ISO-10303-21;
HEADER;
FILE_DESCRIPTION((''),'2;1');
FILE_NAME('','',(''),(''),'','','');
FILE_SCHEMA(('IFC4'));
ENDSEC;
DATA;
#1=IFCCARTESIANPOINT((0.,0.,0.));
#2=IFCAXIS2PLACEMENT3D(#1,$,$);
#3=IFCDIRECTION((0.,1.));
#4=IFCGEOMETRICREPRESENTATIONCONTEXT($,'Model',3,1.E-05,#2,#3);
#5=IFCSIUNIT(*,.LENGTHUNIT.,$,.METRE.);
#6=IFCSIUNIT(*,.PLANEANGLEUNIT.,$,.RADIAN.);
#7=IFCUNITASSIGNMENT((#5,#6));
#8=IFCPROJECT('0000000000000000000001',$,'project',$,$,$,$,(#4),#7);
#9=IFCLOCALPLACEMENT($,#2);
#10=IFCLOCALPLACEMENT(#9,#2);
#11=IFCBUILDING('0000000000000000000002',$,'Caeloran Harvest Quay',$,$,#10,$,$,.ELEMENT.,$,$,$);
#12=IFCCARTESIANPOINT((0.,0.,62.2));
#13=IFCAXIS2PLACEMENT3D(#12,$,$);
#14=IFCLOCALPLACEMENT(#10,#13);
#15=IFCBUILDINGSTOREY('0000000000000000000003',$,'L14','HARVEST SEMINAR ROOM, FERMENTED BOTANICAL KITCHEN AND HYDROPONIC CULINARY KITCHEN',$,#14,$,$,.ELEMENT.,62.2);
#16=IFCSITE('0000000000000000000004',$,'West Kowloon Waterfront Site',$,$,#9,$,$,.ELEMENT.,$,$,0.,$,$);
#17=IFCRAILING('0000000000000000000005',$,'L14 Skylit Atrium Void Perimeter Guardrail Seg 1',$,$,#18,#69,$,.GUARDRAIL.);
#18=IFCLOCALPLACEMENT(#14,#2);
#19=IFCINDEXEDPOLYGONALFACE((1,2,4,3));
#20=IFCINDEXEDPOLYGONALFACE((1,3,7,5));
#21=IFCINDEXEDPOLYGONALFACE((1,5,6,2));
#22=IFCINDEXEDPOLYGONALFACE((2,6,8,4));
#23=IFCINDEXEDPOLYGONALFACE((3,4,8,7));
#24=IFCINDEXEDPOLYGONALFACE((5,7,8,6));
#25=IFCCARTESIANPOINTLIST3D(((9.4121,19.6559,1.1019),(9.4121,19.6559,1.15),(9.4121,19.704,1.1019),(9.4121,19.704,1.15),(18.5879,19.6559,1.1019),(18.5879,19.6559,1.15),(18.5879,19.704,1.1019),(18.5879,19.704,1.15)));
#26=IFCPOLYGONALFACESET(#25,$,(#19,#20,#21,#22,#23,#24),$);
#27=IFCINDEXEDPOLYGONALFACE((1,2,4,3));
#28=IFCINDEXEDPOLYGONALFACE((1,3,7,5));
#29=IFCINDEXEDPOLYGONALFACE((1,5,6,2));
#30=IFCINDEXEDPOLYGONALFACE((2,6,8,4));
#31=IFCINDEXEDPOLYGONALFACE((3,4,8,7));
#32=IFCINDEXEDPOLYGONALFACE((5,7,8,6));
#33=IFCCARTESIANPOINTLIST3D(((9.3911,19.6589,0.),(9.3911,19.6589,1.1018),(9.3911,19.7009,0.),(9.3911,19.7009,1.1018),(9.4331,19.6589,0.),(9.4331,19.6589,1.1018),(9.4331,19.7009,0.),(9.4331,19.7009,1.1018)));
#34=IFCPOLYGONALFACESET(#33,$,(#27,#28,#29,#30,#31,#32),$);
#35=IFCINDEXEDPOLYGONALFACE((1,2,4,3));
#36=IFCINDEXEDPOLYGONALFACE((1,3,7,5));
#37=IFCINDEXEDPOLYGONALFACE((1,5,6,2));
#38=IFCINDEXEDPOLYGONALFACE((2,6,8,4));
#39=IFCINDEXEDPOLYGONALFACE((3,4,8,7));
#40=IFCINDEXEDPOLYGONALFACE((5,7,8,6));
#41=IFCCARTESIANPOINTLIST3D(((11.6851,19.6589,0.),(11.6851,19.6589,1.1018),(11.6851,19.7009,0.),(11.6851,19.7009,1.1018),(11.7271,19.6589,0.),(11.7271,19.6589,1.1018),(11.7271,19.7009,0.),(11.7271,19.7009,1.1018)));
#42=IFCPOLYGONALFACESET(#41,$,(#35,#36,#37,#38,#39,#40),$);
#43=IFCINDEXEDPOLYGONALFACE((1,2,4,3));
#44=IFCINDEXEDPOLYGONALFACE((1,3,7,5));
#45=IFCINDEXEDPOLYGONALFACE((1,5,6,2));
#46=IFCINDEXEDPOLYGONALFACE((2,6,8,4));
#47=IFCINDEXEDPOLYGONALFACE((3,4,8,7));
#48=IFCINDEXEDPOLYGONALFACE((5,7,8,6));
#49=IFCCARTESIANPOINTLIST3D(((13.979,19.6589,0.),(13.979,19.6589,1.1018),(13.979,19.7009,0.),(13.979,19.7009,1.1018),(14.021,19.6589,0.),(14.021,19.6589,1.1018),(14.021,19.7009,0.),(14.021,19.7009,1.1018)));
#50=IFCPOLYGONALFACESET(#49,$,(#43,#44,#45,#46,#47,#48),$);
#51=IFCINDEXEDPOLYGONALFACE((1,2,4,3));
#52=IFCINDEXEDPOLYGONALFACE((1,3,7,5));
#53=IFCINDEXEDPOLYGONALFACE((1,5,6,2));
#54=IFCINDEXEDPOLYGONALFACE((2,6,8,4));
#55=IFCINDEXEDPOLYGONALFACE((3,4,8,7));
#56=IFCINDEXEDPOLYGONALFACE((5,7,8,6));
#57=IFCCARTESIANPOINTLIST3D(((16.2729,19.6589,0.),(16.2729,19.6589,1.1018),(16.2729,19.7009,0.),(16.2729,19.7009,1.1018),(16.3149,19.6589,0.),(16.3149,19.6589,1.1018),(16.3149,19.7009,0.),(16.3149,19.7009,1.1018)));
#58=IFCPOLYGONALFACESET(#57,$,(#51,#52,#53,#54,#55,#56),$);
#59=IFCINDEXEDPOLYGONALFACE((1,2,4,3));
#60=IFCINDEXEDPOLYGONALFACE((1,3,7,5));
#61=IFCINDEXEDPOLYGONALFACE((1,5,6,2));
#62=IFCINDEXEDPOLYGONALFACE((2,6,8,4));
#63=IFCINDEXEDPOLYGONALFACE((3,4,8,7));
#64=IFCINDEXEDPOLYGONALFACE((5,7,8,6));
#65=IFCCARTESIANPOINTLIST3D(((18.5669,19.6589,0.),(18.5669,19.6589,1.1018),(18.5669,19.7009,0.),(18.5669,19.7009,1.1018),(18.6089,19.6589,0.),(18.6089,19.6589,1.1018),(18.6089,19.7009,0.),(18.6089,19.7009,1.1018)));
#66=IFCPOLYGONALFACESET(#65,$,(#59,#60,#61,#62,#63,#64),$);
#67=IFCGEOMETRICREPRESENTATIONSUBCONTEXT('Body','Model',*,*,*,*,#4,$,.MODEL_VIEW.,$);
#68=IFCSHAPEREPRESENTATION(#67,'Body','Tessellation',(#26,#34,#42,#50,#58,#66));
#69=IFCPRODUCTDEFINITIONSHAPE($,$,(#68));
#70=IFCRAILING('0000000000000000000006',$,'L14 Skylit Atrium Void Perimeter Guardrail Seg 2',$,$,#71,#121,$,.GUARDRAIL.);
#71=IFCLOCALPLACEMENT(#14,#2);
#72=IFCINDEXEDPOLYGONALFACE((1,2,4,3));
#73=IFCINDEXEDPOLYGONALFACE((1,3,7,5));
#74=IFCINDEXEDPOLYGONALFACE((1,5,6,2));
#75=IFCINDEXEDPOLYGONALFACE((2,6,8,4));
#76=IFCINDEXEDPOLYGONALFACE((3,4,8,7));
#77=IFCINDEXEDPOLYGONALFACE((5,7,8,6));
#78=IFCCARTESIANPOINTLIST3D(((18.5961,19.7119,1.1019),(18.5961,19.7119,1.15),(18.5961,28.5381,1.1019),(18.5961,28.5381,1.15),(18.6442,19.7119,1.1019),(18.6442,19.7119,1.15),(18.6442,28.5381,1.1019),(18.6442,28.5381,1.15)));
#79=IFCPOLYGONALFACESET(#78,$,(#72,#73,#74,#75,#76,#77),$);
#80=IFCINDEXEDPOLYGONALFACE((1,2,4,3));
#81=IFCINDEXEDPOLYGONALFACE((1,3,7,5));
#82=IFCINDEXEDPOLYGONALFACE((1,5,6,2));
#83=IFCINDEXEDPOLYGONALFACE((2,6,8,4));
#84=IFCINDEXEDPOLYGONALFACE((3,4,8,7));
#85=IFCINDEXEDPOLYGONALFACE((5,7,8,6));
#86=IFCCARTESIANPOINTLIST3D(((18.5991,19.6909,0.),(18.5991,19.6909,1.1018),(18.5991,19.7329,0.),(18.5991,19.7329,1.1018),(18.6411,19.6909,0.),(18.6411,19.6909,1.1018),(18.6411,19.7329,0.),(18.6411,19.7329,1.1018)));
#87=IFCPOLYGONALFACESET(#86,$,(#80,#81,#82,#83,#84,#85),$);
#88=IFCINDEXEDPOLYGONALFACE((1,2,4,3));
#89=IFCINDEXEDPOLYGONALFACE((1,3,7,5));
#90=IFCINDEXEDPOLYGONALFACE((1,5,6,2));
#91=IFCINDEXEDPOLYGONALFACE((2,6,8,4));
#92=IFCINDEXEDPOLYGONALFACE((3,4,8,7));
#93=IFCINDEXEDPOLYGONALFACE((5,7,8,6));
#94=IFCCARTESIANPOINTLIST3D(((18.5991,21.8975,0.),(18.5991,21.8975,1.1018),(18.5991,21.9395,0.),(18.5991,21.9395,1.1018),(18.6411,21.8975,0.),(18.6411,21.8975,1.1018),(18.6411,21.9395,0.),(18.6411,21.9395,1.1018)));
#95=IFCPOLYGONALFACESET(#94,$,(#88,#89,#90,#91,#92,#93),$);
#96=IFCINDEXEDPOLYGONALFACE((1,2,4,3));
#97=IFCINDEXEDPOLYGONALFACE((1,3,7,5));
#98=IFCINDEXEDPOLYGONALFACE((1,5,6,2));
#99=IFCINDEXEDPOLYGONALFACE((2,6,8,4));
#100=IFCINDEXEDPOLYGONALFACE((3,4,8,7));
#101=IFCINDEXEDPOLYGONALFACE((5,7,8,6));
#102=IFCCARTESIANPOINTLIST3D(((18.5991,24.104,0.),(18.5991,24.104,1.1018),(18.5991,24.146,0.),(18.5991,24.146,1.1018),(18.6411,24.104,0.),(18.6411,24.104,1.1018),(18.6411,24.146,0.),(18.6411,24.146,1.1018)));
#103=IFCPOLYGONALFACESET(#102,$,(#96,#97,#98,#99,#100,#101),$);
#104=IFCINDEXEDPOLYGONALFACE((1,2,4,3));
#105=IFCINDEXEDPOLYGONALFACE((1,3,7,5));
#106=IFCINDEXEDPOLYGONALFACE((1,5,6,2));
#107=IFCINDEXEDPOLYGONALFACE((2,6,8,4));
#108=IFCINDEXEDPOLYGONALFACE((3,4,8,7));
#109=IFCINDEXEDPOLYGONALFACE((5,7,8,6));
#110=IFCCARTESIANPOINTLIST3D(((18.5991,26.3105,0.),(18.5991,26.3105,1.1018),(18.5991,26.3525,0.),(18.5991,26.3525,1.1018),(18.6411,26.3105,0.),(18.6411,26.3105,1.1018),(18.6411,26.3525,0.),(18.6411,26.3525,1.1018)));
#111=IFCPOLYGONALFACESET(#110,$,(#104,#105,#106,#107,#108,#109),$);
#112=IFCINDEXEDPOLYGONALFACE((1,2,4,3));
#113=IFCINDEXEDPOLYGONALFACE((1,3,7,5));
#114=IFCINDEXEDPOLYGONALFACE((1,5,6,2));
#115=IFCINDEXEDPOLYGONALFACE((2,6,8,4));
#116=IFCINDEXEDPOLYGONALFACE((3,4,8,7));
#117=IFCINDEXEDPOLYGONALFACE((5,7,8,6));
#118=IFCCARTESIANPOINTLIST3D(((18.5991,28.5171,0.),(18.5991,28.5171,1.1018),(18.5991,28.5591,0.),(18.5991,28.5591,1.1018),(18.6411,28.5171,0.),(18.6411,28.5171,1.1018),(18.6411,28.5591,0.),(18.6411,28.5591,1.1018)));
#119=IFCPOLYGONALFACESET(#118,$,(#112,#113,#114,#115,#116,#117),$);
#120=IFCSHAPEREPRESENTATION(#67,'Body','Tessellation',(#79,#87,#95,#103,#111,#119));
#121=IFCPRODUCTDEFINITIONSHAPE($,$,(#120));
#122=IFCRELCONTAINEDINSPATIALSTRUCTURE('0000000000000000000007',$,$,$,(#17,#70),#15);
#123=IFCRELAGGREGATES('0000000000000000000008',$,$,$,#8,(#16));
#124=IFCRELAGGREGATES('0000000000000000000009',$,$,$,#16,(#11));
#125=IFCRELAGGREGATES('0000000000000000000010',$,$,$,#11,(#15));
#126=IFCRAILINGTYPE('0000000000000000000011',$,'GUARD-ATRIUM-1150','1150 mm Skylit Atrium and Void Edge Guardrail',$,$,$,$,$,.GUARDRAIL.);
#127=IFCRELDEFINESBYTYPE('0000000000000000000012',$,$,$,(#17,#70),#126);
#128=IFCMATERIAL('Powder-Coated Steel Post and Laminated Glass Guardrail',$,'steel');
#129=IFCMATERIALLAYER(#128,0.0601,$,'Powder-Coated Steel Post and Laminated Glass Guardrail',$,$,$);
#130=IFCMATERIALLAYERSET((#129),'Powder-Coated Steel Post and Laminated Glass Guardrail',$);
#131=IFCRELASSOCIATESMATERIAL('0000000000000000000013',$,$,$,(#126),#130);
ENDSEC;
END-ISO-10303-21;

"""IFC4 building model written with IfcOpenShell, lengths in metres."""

from ifc_helpers import new_model, si_unit, direction, frame, origin, origin_2d, place, context, subcontext, project, spatial, rectangle, extrude, material, layer, layer_set, type_object, element, save


model = new_model("IFC4")

# Units and contexts
model_context = context("Model", 3, precision=1e-05, world=origin(), true_north=direction((0.0, 1.0)))
body_context = subcontext(model_context, "Body", "Model", "MODEL_VIEW")
ifc_project = project(units=[si_unit("LENGTHUNIT", "METRE"), si_unit("PLANEANGLEUNIT", "RADIAN")], contexts=[model_context])

# Site, building, storey
site_placement = place(None, origin())
site = spatial("IfcSite", under=ifc_project, at=site_placement, Name="West Kowloon Waterfront Site", CompositionType="ELEMENT", RefElevation=0.0)
building_placement = place(site_placement, origin())
building = spatial("IfcBuilding", under=site, at=building_placement, Name="Caeloran Harvest Quay", CompositionType="ELEMENT")
storey_placement = place(building_placement, frame((0.0, 0.0, 62.2)))
storey = spatial("IfcBuildingStorey", under=building, at=storey_placement, Name="L14", Description="HARVEST SEMINAR ROOM, FERMENTED BOTANICAL KITCHEN AND HYDROPONIC CULINARY KITCHEN", CompositionType="ELEMENT", Elevation=62.2)

# Railings
ifc_material_1 = material(Name="Powder-Coated Steel Post and Laminated Glass Guardrail", Category="steel")
ifc_layer_1 = layer(ifc_material_1, 0.0601, Name="Powder-Coated Steel Post and Laminated Glass Guardrail")
ifc_layer_set_1 = layer_set([ifc_layer_1], Name="Powder-Coated Steel Post and Laminated Glass Guardrail")
railing_type = type_object("IfcRailingType", Name="GUARD-ATRIUM-1150", Description="1150 mm Skylit Atrium and Void Edge Guardrail", PredefinedType="GUARDRAIL", material=ifc_layer_set_1)
railing_1_placement = place(storey_placement, frame((9.4121, 19.6799, 0.0)))
element("IfcRailing", 1, at=railing_1_placement, inside=storey, type_object=railing_type, Name="L14 Skylit Atrium Void Perimeter Guardrail Seg 1", PredefinedType="GUARDRAIL", context=body_context, shape_type="SweptSolid", body=[
    extrude(rectangle(XDim=0.0481, YDim=0.0481, at=origin_2d()), frame((0.0, 0.0, 1.126), z_axis=(1.0, 0.0, 0.0), x_axis=(0.0, 1.0, 0.0)), (0.0, 0.0, 1.0), 9.1758),
    extrude(rectangle(XDim=0.042, YDim=0.042, at=origin_2d()), origin(), (0.0, 0.0, 1.0), 1.1018),
    extrude(rectangle(XDim=0.042, YDim=0.042, at=origin_2d()), frame((2.2939, 0.0, 0.0)), (0.0, 0.0, 1.0), 1.1018),
    extrude(rectangle(XDim=0.042, YDim=0.042, at=origin_2d()), frame((4.5879, 0.0, 0.0)), (0.0, 0.0, 1.0), 1.1018),
    extrude(rectangle(XDim=0.042, YDim=0.042, at=origin_2d()), frame((6.8818, 0.0, 0.0)), (0.0, 0.0, 1.0), 1.1018),
    extrude(rectangle(XDim=0.042, YDim=0.042, at=origin_2d()), frame((9.1758, 0.0, 0.0)), (0.0, 0.0, 1.0), 1.1018),
])
railing_2_placement = place(storey_placement, frame((18.6201, 19.7119, 0.0)))
element("IfcRailing", 2, at=railing_2_placement, inside=storey, type_object=railing_type, Name="L14 Skylit Atrium Void Perimeter Guardrail Seg 2", PredefinedType="GUARDRAIL", context=body_context, shape_type="SweptSolid", body=[
    extrude(rectangle(XDim=0.0481, YDim=0.0481, at=origin_2d()), frame((0.0, 0.0, 1.126), z_axis=(0.0, 1.0, 0.0), x_axis=(-1.0, 0.0, 0.0)), (0.0, 0.0, 1.0), 8.8262),
    extrude(rectangle(XDim=0.042, YDim=0.042, at=origin_2d()), origin(), (0.0, 0.0, 1.0), 1.1018),
    extrude(rectangle(XDim=0.042, YDim=0.042, at=origin_2d()), frame((0.0, 2.2065, 0.0)), (0.0, 0.0, 1.0), 1.1018),
    extrude(rectangle(XDim=0.042, YDim=0.042, at=origin_2d()), frame((0.0, 4.4131, 0.0)), (0.0, 0.0, 1.0), 1.1018),
    extrude(rectangle(XDim=0.042, YDim=0.042, at=origin_2d()), frame((0.0, 6.6196, 0.0)), (0.0, 0.0, 1.0), 1.1018),
    extrude(rectangle(XDim=0.042, YDim=0.042, at=origin_2d()), frame((0.0, 8.8262, 0.0)), (0.0, 0.0, 1.0), 1.1018),
])

save(model, "model.ifc")
